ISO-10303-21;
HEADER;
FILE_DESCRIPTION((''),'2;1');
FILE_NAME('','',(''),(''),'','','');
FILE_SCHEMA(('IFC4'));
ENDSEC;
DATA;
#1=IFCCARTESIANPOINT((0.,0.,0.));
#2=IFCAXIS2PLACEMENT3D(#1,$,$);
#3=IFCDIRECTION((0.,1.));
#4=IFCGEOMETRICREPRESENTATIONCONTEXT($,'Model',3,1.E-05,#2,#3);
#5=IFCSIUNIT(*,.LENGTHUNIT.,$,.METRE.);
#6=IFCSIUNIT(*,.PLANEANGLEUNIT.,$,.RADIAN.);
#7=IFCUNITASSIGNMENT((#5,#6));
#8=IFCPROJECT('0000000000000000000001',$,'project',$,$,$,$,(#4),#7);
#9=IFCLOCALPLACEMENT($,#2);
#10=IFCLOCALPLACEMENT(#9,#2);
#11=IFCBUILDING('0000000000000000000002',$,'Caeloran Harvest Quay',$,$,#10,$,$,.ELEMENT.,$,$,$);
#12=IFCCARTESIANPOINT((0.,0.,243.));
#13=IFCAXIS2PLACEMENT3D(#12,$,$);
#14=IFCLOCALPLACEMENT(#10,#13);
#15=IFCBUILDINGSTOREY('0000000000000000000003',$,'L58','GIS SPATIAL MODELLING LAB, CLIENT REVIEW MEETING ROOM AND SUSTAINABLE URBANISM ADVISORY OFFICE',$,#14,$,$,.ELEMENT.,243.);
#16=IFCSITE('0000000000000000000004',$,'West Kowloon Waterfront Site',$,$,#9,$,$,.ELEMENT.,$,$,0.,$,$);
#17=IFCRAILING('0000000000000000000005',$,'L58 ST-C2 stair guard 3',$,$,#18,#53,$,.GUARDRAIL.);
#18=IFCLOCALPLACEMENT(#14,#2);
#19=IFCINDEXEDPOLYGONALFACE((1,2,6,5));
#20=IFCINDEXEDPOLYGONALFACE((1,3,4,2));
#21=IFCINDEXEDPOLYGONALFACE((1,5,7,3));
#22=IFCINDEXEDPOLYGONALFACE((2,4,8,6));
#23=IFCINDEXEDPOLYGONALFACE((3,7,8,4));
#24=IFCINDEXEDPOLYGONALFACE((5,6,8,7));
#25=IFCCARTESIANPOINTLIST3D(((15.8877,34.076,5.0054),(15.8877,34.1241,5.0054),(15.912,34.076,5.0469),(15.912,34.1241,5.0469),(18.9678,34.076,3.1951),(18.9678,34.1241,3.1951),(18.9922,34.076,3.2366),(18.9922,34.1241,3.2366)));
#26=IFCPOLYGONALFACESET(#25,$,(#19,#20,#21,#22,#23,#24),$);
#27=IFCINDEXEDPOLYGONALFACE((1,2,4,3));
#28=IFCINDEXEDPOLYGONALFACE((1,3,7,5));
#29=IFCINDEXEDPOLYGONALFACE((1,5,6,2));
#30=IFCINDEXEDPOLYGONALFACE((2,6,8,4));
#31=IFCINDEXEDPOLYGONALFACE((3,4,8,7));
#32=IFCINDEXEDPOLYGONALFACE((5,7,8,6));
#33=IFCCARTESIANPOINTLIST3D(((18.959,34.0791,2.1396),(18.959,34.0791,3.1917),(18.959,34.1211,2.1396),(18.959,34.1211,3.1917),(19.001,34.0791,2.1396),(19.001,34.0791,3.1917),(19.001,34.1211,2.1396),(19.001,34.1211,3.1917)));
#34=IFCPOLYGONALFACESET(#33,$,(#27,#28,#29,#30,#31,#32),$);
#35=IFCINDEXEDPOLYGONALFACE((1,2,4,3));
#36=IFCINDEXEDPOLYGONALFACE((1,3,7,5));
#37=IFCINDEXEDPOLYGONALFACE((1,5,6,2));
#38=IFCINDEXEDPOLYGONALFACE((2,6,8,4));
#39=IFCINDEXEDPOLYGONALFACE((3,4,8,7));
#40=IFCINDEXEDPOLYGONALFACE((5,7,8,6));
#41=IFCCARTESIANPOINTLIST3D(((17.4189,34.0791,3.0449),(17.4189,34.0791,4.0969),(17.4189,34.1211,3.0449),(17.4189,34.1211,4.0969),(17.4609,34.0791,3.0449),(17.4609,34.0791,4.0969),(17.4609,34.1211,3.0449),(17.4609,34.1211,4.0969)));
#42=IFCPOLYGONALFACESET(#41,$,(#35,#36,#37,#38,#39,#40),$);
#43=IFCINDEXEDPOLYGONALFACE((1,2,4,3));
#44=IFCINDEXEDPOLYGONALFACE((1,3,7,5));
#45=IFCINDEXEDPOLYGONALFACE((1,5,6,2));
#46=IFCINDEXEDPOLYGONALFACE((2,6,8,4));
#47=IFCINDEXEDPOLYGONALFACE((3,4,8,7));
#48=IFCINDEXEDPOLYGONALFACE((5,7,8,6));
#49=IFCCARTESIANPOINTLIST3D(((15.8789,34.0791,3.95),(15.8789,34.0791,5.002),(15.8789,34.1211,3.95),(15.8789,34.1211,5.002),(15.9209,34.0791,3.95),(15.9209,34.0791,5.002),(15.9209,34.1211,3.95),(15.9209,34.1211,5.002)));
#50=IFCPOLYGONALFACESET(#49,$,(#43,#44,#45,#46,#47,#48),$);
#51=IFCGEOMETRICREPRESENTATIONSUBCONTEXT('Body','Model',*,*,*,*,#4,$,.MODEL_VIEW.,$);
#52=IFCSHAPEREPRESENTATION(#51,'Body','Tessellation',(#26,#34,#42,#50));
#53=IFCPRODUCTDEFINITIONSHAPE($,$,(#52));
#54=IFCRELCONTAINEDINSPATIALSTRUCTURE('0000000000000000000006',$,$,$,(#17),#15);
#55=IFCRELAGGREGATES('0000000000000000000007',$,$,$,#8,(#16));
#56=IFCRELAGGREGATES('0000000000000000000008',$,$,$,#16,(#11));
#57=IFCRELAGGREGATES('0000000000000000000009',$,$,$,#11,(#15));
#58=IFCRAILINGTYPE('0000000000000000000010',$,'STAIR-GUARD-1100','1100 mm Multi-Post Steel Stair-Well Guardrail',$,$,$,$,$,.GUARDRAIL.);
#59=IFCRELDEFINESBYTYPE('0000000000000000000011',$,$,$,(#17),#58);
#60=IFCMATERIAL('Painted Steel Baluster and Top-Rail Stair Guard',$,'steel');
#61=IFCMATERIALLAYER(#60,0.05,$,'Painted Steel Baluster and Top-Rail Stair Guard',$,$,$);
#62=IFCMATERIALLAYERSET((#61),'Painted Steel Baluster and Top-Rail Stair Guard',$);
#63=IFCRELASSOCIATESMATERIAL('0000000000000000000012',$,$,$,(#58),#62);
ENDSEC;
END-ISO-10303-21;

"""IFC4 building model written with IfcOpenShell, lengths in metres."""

from ifc_helpers import new_model, si_unit, direction, frame, origin, origin_2d, place, context, subcontext, project, spatial, rectangle, extrude, material, layer, layer_set, type_object, element, save


model = new_model("IFC4")

# Units and contexts
model_context = context("Model", 3, precision=1e-05, world=origin(), true_north=direction((0.0, 1.0)))
body_context = subcontext(model_context, "Body", "Model", "MODEL_VIEW")
ifc_project = project(units=[si_unit("LENGTHUNIT", "METRE"), si_unit("PLANEANGLEUNIT", "RADIAN")], contexts=[model_context])

# Site, building, storey
site_placement = place(None, origin())
site = spatial("IfcSite", under=ifc_project, at=site_placement, Name="West Kowloon Waterfront Site", CompositionType="ELEMENT", RefElevation=0.0)
building_placement = place(site_placement, origin())
building = spatial("IfcBuilding", under=site, at=building_placement, Name="Caeloran Harvest Quay", CompositionType="ELEMENT")
storey_placement = place(building_placement, frame((0.0, 0.0, 243.0)))
storey = spatial("IfcBuildingStorey", under=building, at=storey_placement, Name="L58", Description="GIS SPATIAL MODELLING LAB, CLIENT REVIEW MEETING ROOM AND SUSTAINABLE URBANISM ADVISORY OFFICE", CompositionType="ELEMENT", Elevation=243.0)

# Railing
ifc_material_1 = material(Name="Painted Steel Baluster and Top-Rail Stair Guard", Category="steel")
ifc_layer_1 = layer(ifc_material_1, 0.05, Name="Painted Steel Baluster and Top-Rail Stair Guard")
ifc_layer_set_1 = layer_set([ifc_layer_1], Name="Painted Steel Baluster and Top-Rail Stair Guard")
railing_type_1 = type_object("IfcRailingType", Name="STAIR-GUARD-1100", Description="1100 mm Multi-Post Steel Stair-Well Guardrail", PredefinedType="GUARDRAIL", material=ifc_layer_set_1)
railing_1_placement = place(storey_placement, frame((18.98, 34.1001, 2.1396)))
element("IfcRailing", 1, at=railing_1_placement, inside=storey, type_object=railing_type_1, Name="L58 ST-C2 stair guard 3", PredefinedType="GUARDRAIL", context=body_context, shape_type="SweptSolid", body=[
    extrude(rectangle(XDim=0.0481, YDim=0.0481, at=origin_2d()), frame((0.0, 0.0, 1.0762), z_axis=(-0.862119, 0.0, 0.506707), x_axis=(0.0, -1.0, 0.0)), (0.0, 0.0, 1.0), 3.5728),
    extrude(rectangle(XDim=0.042, YDim=0.042, at=origin_2d()), origin(), (0.0, 0.0, 1.0), 1.052),
    extrude(rectangle(XDim=0.042, YDim=0.042, at=origin_2d()), frame((-1.54, 0.0, 0.9053)), (0.0, 0.0, 1.0), 1.052),
    extrude(rectangle(XDim=0.042, YDim=0.042, at=origin_2d()), frame((-3.0801, 0.0, 1.8103)), (0.0, 0.0, 1.0), 1.052),
])

save(model, "model.ifc")
